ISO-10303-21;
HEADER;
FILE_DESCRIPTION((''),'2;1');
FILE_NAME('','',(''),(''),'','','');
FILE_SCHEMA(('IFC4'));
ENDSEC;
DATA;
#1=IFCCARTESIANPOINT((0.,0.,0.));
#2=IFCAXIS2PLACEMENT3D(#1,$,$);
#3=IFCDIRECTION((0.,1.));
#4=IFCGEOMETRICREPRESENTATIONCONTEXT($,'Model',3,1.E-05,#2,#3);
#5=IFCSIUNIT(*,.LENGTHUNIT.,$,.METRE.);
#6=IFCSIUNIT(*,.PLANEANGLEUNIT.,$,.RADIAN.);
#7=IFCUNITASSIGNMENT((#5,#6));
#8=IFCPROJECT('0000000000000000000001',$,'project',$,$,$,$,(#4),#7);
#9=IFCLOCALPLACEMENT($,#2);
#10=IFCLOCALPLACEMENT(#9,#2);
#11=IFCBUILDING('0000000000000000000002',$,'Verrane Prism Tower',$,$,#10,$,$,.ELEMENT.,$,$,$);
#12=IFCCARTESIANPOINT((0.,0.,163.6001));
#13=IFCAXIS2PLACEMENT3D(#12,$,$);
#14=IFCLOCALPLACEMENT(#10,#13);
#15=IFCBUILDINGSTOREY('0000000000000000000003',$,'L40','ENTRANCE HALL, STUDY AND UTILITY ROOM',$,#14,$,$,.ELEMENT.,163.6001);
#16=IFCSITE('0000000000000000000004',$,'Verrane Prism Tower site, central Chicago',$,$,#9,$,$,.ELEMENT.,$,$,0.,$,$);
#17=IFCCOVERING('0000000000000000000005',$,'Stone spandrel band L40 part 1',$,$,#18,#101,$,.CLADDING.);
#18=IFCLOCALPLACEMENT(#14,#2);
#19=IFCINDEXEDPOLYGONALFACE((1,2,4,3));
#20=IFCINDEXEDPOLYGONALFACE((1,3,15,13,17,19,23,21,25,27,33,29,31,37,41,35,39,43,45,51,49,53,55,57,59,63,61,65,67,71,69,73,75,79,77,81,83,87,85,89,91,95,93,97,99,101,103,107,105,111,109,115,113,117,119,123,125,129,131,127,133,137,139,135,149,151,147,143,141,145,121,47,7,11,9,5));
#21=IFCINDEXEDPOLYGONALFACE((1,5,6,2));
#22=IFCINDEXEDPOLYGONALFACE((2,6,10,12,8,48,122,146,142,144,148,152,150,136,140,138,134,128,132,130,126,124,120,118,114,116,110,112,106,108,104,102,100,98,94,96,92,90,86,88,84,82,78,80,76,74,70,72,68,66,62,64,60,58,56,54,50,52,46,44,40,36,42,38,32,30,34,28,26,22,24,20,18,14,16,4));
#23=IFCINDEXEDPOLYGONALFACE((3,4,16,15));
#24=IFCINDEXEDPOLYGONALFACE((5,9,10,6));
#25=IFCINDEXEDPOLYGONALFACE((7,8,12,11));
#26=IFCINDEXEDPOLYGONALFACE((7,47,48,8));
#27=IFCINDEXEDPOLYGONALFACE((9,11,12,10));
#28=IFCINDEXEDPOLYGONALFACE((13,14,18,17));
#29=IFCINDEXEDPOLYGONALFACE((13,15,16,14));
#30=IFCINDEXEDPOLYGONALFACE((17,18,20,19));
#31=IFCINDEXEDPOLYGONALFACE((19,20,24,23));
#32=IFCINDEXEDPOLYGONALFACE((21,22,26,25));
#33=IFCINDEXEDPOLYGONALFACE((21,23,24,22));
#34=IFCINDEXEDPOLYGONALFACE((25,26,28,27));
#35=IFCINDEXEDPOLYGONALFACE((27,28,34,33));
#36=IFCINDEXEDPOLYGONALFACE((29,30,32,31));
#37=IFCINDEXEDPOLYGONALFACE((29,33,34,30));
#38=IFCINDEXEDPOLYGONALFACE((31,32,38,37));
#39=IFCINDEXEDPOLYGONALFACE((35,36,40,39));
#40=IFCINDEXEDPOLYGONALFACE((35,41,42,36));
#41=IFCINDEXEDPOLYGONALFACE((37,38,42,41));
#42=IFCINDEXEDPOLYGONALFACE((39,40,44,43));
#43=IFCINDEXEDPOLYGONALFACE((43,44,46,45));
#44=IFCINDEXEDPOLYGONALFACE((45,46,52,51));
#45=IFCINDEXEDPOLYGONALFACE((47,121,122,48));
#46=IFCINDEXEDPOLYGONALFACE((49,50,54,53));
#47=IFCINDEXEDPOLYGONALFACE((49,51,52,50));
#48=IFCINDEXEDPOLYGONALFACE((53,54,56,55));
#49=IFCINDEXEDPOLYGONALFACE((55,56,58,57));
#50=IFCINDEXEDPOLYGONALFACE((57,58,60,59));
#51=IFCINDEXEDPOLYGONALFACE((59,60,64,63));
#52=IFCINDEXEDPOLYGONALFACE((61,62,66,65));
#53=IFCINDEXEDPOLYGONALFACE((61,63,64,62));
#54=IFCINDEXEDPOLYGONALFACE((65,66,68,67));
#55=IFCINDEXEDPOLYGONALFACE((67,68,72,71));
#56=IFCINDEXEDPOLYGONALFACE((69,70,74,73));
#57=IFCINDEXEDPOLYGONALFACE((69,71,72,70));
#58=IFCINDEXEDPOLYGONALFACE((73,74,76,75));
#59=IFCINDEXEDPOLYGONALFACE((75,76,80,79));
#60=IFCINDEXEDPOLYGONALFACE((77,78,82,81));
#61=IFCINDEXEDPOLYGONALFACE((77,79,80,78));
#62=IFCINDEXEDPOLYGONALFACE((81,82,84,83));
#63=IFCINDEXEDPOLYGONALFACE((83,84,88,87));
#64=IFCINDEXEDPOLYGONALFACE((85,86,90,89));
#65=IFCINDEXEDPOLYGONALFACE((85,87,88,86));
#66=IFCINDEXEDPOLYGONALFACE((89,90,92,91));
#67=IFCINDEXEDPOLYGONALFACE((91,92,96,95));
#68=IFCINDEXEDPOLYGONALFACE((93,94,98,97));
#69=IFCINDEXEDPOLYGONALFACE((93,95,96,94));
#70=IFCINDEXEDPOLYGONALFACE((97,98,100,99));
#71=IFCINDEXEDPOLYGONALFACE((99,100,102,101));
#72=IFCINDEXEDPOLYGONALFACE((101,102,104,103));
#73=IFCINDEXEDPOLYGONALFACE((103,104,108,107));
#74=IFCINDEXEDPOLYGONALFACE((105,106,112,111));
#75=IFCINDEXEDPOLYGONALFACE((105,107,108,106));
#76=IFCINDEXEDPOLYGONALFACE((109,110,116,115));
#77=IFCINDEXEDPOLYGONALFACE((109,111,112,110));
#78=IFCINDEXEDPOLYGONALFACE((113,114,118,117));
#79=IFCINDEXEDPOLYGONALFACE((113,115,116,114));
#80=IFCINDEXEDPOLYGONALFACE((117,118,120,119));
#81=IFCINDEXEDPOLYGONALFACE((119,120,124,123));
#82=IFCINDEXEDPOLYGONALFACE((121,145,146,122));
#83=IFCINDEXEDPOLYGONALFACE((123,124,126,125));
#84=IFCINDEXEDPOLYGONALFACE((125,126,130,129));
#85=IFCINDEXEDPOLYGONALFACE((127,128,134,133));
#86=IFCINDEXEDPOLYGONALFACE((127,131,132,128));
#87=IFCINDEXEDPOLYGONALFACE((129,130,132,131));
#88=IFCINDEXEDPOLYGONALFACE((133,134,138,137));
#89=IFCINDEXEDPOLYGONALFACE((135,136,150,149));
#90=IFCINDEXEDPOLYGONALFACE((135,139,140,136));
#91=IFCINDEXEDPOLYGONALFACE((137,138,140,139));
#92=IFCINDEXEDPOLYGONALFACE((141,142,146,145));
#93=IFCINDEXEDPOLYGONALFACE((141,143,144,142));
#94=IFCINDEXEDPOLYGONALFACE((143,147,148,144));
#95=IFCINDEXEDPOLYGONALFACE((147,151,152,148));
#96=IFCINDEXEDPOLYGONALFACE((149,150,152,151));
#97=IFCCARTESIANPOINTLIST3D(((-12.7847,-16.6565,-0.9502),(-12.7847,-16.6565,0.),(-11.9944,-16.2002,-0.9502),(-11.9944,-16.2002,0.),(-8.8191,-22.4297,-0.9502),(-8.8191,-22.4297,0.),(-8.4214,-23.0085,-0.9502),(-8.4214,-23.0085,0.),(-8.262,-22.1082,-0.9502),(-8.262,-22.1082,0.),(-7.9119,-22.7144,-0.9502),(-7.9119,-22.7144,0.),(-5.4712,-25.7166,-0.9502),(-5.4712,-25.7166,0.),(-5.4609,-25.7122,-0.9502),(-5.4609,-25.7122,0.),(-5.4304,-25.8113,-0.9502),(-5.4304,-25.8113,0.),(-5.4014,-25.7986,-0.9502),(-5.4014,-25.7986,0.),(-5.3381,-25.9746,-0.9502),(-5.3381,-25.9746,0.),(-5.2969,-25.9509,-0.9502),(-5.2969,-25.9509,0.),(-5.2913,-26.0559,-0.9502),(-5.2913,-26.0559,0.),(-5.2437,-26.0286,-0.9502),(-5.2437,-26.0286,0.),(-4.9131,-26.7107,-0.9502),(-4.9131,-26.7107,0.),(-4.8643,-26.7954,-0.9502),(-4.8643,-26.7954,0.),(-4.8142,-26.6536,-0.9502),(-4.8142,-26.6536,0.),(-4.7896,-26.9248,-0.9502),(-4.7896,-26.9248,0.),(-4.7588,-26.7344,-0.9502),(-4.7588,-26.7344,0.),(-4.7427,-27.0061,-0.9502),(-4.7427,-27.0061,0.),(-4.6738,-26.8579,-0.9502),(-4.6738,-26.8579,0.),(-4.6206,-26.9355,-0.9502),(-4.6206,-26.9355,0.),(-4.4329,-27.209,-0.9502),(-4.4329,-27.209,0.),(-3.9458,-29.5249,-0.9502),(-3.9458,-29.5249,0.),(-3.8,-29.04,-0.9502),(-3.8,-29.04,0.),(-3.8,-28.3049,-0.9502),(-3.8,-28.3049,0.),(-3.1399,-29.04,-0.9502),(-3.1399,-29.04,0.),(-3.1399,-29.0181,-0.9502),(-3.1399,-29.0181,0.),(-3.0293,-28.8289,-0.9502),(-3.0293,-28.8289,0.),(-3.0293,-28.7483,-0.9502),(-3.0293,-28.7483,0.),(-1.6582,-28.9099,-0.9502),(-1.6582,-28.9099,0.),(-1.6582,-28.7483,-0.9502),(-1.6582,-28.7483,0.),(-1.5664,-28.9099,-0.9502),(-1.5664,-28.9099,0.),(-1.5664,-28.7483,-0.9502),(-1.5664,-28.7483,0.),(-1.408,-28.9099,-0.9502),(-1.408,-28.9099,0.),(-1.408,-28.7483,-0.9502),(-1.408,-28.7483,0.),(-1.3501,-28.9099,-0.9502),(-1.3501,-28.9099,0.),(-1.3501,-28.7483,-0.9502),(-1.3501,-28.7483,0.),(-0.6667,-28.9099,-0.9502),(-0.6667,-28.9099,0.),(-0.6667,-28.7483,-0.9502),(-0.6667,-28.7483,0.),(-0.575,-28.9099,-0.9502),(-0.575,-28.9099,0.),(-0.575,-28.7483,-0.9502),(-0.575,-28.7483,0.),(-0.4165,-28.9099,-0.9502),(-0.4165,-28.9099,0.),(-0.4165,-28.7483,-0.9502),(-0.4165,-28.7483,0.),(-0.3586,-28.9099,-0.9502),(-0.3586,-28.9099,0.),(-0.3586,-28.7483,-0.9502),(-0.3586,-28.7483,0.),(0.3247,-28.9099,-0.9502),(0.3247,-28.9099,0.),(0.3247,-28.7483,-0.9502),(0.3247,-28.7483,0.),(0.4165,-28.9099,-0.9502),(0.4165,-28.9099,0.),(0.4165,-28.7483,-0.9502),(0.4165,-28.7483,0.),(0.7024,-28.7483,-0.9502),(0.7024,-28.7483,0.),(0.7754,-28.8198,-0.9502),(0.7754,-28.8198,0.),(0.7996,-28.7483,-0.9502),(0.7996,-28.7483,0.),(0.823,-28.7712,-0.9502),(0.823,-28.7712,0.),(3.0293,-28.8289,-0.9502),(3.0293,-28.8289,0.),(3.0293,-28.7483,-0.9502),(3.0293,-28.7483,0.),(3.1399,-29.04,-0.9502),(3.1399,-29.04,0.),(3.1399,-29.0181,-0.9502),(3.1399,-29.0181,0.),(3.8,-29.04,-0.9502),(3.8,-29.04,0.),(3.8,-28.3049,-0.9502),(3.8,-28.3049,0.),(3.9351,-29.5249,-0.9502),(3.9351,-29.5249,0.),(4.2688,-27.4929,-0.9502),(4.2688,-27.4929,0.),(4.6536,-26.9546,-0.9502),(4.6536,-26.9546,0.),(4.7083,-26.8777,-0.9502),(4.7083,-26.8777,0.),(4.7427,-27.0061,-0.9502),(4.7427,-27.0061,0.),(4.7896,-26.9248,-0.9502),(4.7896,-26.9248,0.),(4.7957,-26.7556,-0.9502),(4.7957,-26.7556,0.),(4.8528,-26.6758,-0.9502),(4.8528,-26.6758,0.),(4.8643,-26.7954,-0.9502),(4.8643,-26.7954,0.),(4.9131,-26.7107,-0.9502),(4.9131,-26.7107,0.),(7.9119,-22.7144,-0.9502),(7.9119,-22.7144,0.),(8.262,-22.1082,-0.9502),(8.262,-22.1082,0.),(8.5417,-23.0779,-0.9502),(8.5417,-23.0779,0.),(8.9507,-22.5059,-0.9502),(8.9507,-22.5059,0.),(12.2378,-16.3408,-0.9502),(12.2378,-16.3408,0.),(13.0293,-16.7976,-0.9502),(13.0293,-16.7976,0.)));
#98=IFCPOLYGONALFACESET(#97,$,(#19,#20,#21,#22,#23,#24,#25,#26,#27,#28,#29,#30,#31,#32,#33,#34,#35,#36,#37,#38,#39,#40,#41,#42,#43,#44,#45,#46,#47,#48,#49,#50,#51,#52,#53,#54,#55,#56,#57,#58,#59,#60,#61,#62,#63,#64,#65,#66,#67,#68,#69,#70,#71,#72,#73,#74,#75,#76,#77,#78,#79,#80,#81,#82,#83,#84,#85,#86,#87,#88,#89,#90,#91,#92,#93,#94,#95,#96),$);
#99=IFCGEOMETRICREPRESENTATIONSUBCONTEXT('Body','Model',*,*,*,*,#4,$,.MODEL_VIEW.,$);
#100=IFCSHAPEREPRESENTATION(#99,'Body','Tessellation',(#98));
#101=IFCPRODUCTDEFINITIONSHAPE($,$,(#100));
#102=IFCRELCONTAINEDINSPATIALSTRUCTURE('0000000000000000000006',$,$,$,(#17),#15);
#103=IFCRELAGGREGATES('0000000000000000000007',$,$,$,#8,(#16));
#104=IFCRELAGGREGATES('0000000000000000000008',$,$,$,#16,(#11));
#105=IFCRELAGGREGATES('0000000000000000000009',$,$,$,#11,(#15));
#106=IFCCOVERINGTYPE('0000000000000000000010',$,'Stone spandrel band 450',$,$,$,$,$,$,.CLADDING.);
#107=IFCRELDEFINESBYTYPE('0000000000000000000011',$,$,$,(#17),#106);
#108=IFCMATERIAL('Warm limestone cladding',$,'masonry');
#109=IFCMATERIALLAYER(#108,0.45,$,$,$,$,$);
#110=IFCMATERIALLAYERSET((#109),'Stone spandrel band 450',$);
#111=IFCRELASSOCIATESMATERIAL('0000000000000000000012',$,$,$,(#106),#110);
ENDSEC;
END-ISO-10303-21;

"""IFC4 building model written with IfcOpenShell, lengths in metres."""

from ifc_helpers import new_model, si_unit, direction, frame, origin, place, context, subcontext, project, spatial, polyline, outline, extrude, material, layer, layer_set, type_object, element, save


model = new_model("IFC4")

# Units and contexts
model_context = context("Model", 3, precision=1e-05, world=origin(), true_north=direction((0.0, 1.0)))
body_context = subcontext(model_context, "Body", "Model", "MODEL_VIEW")
ifc_project = project(units=[si_unit("LENGTHUNIT", "METRE"), si_unit("PLANEANGLEUNIT", "RADIAN")], contexts=[model_context])

# Site, building, storey
site_placement = place(None, origin())
site = spatial("IfcSite", under=ifc_project, at=site_placement, Name="Verrane Prism Tower site, central Chicago", CompositionType="ELEMENT", RefElevation=0.0)
building_placement = place(site_placement, origin())
building = spatial("IfcBuilding", under=site, at=building_placement, Name="Verrane Prism Tower", CompositionType="ELEMENT")
storey_placement = place(building_placement, frame((0.0, 0.0, 163.6001)))
storey = spatial("IfcBuildingStorey", under=building, at=storey_placement, Name="L40", Description="ENTRANCE HALL, STUDY AND UTILITY ROOM", CompositionType="ELEMENT", Elevation=163.6001)

# Covering
ifc_material_1 = material(Name="Warm limestone cladding", Category="masonry")
ifc_layer_1 = layer(ifc_material_1, 0.45)
ifc_layer_set_1 = layer_set([ifc_layer_1], Name="Stone spandrel band 450")
covering_type = type_object("IfcCoveringType", Name="Stone spandrel band 450", PredefinedType="CLADDING", material=ifc_layer_set_1)
covering_1_placement = place(storey_placement, frame((0.0, 0.0, -0.9502)))
element("IfcCovering", 1, at=covering_1_placement, inside=storey, type_object=covering_type, Name="Stone spandrel band L40 part 1", PredefinedType="CLADDING", context=body_context, shape_type="SweptSolid", body=[
    extrude(outline(polyline([(3.9351, -29.5249), (8.5417, -23.0779), (7.9119, -22.7144), (8.262, -22.1082), (8.9507, -22.5059), (13.0293, -16.7976), (12.2378, -16.3408), (4.8528, -26.6758), (4.9131, -26.7107), (4.8643, -26.7954), (4.7957, -26.7556), (4.7083, -26.8777), (4.7896, -26.9248), (4.7427, -27.0061), (4.6536, -26.9546), (4.2688, -27.4929), (3.8, -28.3049), (3.8, -29.04), (3.1399, -29.04), (3.1399, -29.0181), (3.0293, -28.8289), (3.0293, -28.7483), (0.7996, -28.7483), (0.823, -28.7712), (0.7754, -28.8198), (0.7024, -28.7483), (0.4165, -28.7483), (0.4165, -28.9099), (0.3247, -28.9099), (0.3247, -28.7483), (-0.3586, -28.7483), (-0.3586, -28.9099), (-0.4165, -28.9099), (-0.4165, -28.7483), (-0.575, -28.7483), (-0.575, -28.9099), (-0.6667, -28.9099), (-0.6667, -28.7483), (-1.3501, -28.7483), (-1.3501, -28.9099), (-1.408, -28.9099), (-1.408, -28.7483), (-1.5664, -28.7483), (-1.5664, -28.9099), (-1.6582, -28.9099), (-1.6582, -28.7483), (-3.0293, -28.7483), (-3.0293, -28.8289), (-3.1399, -29.0181), (-3.1399, -29.04), (-3.8, -29.04), (-3.8, -28.3049), (-4.4329, -27.209), (-4.6206, -26.9355), (-4.7427, -27.0061), (-4.7896, -26.9248), (-4.6738, -26.8579), (-4.7588, -26.7344), (-4.8643, -26.7954), (-4.9131, -26.7107), (-4.8142, -26.6536), (-5.2437, -26.0286), (-5.2913, -26.0559), (-5.3381, -25.9746), (-5.2969, -25.9509), (-5.4014, -25.7986), (-5.4304, -25.8113), (-5.4712, -25.7166), (-5.4609, -25.7122), (-11.9944, -16.2002), (-12.7847, -16.6565), (-8.8191, -22.4297), (-8.262, -22.1082), (-7.9119, -22.7144), (-8.4214, -23.0085), (-3.9458, -29.5249), (3.9351, -29.5249)])), origin(), (0.0, 0.0, 1.0), 0.9502),
])

save(model, "model.ifc")
